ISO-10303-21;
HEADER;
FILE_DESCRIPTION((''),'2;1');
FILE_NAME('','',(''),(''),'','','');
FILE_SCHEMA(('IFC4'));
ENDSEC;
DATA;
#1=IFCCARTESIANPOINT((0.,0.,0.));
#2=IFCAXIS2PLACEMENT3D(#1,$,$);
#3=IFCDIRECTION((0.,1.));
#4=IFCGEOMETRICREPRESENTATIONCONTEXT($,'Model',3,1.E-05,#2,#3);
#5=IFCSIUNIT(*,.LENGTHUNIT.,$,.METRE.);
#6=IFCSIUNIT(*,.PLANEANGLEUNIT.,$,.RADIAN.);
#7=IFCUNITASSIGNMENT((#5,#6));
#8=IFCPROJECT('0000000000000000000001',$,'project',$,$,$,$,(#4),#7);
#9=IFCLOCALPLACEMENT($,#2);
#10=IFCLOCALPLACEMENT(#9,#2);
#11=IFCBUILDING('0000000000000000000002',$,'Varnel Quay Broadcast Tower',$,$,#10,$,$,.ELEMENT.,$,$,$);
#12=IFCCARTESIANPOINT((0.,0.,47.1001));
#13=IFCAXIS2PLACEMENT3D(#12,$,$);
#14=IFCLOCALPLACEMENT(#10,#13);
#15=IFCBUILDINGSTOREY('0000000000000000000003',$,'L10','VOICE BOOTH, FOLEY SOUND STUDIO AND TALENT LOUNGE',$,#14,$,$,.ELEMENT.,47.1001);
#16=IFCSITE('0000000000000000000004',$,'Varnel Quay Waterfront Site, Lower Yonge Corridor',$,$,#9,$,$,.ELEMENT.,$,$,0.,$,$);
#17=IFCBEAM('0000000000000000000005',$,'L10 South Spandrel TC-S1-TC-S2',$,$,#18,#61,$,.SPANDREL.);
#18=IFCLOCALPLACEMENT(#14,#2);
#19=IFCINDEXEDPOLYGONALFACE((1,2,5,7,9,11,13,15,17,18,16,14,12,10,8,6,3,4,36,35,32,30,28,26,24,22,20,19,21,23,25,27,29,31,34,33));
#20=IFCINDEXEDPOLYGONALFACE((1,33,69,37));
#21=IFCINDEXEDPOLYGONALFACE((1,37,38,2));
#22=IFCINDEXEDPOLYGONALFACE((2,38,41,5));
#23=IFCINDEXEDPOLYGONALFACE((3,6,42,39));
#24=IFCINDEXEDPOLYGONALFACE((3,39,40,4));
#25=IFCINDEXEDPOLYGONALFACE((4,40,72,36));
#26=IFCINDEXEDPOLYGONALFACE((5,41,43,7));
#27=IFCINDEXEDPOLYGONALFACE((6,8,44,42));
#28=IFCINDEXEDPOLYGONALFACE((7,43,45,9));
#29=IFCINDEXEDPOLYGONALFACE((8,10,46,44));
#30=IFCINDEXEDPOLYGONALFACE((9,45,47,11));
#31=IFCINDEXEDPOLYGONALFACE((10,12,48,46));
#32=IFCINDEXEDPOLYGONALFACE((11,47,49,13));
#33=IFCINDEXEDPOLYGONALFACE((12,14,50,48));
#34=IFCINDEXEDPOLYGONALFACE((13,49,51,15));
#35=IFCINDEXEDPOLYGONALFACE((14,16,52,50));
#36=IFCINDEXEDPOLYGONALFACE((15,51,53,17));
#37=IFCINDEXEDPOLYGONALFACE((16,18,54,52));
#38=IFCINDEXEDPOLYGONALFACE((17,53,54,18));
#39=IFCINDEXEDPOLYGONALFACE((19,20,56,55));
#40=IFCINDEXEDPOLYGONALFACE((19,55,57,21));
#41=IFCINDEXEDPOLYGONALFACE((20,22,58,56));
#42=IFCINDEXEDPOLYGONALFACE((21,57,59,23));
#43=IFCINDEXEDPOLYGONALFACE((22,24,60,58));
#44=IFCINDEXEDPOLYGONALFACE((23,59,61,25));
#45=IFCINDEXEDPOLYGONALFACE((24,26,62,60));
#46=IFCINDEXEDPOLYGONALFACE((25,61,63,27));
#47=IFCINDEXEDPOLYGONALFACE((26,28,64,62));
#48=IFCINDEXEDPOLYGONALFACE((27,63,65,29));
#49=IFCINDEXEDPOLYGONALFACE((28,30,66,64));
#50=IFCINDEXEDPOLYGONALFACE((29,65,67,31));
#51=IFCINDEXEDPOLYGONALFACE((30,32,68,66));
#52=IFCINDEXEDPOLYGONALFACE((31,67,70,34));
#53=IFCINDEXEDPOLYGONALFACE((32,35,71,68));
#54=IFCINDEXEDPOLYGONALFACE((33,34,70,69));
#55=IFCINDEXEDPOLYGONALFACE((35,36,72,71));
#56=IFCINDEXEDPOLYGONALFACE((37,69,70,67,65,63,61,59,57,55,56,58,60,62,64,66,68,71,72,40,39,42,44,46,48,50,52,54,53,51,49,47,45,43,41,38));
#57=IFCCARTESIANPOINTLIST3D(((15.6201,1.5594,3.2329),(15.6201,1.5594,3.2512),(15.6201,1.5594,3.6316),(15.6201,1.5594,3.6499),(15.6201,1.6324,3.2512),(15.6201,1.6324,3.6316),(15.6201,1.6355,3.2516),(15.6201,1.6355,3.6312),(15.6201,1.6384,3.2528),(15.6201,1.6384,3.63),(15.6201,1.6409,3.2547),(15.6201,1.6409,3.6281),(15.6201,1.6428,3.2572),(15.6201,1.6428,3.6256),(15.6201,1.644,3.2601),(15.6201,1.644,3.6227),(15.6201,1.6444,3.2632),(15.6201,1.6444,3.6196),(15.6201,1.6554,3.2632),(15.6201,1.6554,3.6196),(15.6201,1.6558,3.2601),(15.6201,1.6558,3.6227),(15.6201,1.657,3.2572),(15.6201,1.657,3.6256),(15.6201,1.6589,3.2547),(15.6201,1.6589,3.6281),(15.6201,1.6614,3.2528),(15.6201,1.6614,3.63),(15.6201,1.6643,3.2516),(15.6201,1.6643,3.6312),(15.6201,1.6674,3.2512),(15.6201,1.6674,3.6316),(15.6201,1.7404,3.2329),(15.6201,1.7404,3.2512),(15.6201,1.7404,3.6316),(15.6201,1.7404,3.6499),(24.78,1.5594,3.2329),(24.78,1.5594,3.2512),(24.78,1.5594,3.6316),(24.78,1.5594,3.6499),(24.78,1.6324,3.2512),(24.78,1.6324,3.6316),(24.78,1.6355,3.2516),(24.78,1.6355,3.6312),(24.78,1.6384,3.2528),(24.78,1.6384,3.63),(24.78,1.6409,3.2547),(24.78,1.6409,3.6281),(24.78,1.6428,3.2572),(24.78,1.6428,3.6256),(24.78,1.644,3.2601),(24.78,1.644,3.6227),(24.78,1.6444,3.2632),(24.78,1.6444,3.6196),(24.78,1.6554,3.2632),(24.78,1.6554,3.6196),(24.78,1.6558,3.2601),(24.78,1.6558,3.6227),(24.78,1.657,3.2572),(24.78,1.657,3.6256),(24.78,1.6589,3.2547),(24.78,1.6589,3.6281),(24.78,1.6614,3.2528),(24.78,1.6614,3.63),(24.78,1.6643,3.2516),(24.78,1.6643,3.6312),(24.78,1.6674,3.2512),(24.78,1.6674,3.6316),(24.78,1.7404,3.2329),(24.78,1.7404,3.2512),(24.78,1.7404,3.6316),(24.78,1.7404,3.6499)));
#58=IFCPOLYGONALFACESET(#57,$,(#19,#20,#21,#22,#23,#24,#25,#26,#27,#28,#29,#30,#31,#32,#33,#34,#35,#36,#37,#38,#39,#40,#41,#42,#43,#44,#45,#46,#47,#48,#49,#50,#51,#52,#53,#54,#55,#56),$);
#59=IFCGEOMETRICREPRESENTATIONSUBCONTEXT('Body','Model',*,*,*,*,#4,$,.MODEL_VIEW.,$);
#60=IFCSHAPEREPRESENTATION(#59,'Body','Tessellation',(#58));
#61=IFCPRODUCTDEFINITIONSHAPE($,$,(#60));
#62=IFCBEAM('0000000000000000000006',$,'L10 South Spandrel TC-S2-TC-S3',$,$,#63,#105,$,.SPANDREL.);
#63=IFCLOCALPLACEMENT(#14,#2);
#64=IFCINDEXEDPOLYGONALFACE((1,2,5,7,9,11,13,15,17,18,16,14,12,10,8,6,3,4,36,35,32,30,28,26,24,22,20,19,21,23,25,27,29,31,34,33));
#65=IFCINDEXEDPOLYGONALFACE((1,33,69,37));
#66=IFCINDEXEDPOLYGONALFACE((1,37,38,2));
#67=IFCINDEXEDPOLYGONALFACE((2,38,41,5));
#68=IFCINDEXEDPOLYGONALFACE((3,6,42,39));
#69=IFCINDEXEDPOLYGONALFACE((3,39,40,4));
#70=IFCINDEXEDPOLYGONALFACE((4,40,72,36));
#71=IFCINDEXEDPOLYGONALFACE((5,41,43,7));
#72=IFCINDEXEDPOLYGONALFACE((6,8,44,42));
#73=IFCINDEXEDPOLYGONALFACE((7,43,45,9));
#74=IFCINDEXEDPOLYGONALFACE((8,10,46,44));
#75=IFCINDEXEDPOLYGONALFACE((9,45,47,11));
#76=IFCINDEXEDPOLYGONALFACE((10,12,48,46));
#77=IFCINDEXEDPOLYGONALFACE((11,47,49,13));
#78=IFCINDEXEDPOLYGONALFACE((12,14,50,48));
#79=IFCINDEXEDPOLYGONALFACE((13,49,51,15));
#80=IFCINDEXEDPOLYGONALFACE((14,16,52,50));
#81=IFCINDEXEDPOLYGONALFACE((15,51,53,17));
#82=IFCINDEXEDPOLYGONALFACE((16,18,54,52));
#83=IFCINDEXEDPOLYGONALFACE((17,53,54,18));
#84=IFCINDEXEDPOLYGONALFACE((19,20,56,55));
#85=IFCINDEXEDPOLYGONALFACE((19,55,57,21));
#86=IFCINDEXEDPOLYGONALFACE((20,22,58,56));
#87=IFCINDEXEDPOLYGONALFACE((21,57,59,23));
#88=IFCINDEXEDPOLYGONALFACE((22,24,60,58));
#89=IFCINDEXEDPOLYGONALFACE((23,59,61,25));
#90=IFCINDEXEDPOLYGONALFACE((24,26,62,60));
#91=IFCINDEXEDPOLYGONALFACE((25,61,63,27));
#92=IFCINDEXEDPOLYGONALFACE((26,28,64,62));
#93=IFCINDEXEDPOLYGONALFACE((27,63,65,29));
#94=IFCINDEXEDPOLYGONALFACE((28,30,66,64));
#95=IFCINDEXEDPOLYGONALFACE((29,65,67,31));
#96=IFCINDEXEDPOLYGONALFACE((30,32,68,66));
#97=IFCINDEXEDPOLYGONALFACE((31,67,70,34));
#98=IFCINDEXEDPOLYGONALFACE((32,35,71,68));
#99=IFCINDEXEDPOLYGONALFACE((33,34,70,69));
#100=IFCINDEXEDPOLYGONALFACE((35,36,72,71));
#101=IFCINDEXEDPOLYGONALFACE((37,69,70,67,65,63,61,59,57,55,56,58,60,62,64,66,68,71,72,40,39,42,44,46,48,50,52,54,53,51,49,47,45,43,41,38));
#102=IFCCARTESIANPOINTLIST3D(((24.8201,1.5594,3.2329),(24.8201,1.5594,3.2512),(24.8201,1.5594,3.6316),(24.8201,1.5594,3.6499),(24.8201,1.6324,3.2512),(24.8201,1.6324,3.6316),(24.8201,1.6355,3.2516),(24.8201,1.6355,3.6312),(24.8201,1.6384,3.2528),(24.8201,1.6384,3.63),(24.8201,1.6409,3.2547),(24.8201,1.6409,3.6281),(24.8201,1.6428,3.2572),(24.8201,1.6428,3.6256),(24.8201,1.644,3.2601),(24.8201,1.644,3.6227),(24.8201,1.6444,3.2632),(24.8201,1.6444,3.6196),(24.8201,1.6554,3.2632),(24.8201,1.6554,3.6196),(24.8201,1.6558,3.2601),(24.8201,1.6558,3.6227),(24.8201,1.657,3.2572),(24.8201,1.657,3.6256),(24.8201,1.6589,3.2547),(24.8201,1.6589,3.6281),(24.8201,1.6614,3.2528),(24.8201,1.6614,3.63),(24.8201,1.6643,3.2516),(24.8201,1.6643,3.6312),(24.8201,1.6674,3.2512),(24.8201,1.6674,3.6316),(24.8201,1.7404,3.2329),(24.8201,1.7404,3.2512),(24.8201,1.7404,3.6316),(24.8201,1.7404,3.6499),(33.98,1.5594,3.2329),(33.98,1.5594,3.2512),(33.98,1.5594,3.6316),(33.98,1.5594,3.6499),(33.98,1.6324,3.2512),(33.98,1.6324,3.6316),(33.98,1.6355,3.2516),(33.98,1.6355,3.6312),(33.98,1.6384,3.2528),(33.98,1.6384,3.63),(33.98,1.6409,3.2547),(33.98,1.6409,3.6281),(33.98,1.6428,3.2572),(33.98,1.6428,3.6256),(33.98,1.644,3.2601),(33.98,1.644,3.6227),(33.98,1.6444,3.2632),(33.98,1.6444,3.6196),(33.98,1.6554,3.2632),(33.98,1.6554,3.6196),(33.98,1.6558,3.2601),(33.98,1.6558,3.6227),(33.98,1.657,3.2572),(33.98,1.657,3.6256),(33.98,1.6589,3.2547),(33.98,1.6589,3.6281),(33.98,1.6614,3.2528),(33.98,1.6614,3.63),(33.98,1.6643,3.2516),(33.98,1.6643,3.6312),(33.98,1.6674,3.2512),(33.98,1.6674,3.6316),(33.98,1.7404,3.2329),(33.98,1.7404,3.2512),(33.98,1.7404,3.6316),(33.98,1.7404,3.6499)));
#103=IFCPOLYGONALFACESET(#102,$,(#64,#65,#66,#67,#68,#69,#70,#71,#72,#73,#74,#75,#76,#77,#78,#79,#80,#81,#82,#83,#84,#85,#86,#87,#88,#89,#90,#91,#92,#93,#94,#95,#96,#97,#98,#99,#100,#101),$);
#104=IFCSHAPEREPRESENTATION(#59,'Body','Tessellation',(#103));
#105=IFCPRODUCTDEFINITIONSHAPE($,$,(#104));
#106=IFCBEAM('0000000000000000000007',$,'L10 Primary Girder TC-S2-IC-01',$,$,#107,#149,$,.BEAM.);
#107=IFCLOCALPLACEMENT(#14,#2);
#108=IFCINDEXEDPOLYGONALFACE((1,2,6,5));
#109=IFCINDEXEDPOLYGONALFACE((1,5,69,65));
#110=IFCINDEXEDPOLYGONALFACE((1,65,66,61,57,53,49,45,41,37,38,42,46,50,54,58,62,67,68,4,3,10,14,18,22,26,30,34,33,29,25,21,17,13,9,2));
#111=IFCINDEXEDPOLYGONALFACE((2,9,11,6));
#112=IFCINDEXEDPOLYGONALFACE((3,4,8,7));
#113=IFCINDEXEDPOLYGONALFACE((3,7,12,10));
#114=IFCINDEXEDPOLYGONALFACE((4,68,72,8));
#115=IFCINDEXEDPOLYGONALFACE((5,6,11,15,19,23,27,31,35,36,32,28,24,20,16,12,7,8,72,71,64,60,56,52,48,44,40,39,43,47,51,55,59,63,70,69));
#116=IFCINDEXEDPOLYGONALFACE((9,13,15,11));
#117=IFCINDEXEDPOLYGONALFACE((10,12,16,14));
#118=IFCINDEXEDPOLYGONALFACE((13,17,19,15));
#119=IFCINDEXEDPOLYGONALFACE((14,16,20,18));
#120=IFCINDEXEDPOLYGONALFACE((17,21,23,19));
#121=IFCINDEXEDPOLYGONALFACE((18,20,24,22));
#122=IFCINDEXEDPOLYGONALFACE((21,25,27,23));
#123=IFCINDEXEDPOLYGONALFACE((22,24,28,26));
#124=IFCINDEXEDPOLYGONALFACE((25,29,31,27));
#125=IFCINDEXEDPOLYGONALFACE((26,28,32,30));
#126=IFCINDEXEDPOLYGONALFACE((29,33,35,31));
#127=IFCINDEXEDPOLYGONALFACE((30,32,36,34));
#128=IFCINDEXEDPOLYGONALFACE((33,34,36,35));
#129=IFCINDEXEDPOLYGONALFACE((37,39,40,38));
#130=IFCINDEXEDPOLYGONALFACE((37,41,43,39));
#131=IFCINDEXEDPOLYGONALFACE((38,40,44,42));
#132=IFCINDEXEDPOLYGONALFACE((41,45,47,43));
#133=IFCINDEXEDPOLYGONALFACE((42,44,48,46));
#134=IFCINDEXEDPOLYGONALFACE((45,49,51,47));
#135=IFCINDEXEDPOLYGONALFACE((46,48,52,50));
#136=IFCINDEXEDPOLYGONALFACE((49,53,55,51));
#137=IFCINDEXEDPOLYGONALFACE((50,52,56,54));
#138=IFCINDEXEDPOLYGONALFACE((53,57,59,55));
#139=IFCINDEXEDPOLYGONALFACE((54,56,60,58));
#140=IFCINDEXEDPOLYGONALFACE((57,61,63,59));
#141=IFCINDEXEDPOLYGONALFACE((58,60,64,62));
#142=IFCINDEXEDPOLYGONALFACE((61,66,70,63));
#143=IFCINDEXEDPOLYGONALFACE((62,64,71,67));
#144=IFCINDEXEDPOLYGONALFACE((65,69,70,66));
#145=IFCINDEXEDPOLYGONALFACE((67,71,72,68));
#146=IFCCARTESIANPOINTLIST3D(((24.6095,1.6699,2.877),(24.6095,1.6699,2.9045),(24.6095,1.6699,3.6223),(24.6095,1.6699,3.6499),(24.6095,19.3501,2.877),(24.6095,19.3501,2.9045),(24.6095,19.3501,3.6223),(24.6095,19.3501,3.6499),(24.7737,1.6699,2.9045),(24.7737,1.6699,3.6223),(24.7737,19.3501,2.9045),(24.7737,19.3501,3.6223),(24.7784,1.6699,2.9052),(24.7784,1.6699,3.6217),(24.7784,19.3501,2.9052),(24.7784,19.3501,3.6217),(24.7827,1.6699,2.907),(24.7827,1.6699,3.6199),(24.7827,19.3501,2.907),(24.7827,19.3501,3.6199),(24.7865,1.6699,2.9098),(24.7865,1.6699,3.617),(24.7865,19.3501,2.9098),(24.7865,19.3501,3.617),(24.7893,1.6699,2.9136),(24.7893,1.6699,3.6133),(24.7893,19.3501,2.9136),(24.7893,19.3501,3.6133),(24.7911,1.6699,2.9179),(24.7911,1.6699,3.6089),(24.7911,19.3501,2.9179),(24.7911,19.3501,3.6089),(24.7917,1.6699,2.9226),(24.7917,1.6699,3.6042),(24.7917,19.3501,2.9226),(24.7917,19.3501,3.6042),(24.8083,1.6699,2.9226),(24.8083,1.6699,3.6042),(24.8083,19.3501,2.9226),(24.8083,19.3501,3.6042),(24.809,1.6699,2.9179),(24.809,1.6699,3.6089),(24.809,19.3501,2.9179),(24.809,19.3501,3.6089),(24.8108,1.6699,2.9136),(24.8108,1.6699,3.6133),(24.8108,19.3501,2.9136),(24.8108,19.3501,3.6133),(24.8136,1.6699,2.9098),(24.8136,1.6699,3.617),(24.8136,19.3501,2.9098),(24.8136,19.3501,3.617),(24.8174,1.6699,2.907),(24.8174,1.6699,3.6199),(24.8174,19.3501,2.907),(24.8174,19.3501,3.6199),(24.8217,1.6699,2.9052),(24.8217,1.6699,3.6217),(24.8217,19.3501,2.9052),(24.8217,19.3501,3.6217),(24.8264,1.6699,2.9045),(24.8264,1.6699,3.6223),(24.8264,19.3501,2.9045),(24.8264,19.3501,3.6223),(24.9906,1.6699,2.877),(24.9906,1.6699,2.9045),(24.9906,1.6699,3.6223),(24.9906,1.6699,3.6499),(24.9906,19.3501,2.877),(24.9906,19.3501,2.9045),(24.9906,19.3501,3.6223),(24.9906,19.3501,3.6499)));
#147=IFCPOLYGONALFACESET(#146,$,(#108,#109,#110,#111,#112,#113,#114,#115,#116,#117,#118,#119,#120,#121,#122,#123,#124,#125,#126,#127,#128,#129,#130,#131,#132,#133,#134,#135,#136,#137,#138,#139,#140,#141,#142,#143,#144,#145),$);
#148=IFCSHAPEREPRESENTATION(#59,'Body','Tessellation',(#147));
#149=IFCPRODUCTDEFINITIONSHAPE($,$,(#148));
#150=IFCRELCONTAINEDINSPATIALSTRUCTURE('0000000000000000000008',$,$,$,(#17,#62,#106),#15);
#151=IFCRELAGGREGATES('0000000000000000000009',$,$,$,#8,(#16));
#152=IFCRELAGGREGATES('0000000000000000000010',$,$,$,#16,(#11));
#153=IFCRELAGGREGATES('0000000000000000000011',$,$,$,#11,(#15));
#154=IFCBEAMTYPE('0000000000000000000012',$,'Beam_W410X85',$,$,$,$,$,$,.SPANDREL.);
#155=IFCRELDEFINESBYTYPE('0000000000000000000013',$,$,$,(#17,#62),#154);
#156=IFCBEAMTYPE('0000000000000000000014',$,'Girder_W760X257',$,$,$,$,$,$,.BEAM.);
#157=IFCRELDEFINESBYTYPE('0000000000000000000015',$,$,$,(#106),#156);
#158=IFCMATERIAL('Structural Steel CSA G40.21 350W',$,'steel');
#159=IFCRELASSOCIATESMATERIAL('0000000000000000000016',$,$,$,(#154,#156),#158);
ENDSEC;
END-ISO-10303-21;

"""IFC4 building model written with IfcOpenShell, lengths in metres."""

from ifc_helpers import new_model, si_unit, direction, frame, origin, origin_2d, place, context, subcontext, project, spatial, i_section, extrude, source, transform, mapped, material, material_profile, profile_set, type_object, type_shapes, element, save


model = new_model("IFC4")

# Units and contexts
model_context = context("Model", 3, precision=1e-05, world=origin(), true_north=direction((0.0, 1.0)))
body_context = subcontext(model_context, "Body", "Model", "MODEL_VIEW")
ifc_project = project(units=[si_unit("LENGTHUNIT", "METRE"), si_unit("PLANEANGLEUNIT", "RADIAN")], contexts=[model_context])

# Site, building, storey
site_placement = place(None, origin())
site = spatial("IfcSite", under=ifc_project, at=site_placement, Name="Varnel Quay Waterfront Site, Lower Yonge Corridor", CompositionType="ELEMENT", RefElevation=0.0)
building_placement = place(site_placement, origin())
building = spatial("IfcBuilding", under=site, at=building_placement, Name="Varnel Quay Broadcast Tower", CompositionType="ELEMENT")
storey_placement = place(building_placement, frame((0.0, 0.0, 47.1001)))
storey = spatial("IfcBuildingStorey", under=building, at=storey_placement, Name="L10", Description="VOICE BOOTH, FOLEY SOUND STUDIO AND TALENT LOUNGE", CompositionType="ELEMENT", Elevation=47.1001)

# Shared definitions
ifc_material_1 = material(Name="Structural Steel CSA G40.21 350W", Category="steel")

# Beams
ifc_material_profile_1 = material_profile(ifc_material_1, i_section(OverallWidth=0.1809, OverallDepth=0.417, WebThickness=0.011, FlangeThickness=0.0183, FilletRadius=0.012, at=origin_2d()), Name="W410X85")
ifc_profile_set_1 = profile_set([ifc_material_profile_1], Name="Structural Steel CSA G40.21 350W")
beam_type_1 = type_object("IfcBeamType", Name="Beam_W410X85", PredefinedType="SPANDREL", material=ifc_profile_set_1)
shared_shape_1 = source(origin(), body_context, "Body", "SweptSolid", [
    extrude(i_section(OverallWidth=0.1809, OverallDepth=0.417, WebThickness=0.011, FlangeThickness=0.0183, FilletRadius=0.012, at=origin_2d()), origin(), (0.0, 0.0, 1.0), 9.1599),
])
for number, where, z_axis, x_axis, name in (
    (1, (15.6201, 1.6499, 3.4414), (1.0, 0.0, 0.0), (0.0, 1.0, 0.0), "L10 South Spandrel TC-S1-TC-S2"),
    (2, (24.8201, 1.6499, 3.4414), (1.0, 0.0, 0.0), (0.0, 1.0, 0.0), "L10 South Spandrel TC-S2-TC-S3"),
):
    element("IfcBeam", number, at=place(storey_placement, frame(where, z_axis=z_axis, x_axis=x_axis)), inside=storey, type_object=beam_type_1, Name=name, PredefinedType="SPANDREL", context=body_context, shape_type="MappedRepresentation", body=[
        mapped(shared_shape_1, transform((0.0, 0.0, 0.0), x_axis=(1.0, 0.0, 0.0), y_axis=(0.0, 1.0, 0.0), z_axis=(0.0, 0.0, 1.0), scale=1.0)),
    ])
ifc_material_profile_2 = material_profile(ifc_material_1, i_section(OverallWidth=0.3811, OverallDepth=0.7729, WebThickness=0.0166, FlangeThickness=0.0276, FilletRadius=0.0181, at=origin_2d()), Name="W760X257")
ifc_profile_set_2 = profile_set([ifc_material_profile_2], Name="Structural Steel CSA G40.21 350W")
beam_type_2 = type_object("IfcBeamType", Name="Girder_W760X257", PredefinedType="BEAM", material=ifc_profile_set_2)
shared_shape_2 = source(origin(), body_context, "Body", "SweptSolid", [
    extrude(i_section(OverallWidth=0.3811, OverallDepth=0.7729, WebThickness=0.0166, FlangeThickness=0.0276, FilletRadius=0.0181, at=origin_2d()), origin(), (0.0, 0.0, 1.0), 17.6802),
])
type_shapes(beam_type_2, [shared_shape_2])
beam_1_placement = place(storey_placement, frame((24.8, 1.6699, 3.2634), z_axis=(0.0, 1.0, 0.0), x_axis=(-1.0, 0.0, 0.0)))
element("IfcBeam", 3, at=beam_1_placement, inside=storey, type_object=beam_type_2, Name="L10 Primary Girder TC-S2-IC-01", PredefinedType="BEAM", context=body_context, shape_type="MappedRepresentation", body=[
    mapped(shared_shape_2, transform((0.0, 0.0, 0.0), x_axis=(1.0, 0.0, 0.0), y_axis=(0.0, 1.0, 0.0), z_axis=(0.0, 0.0, 1.0), scale=1.0)),
])

save(model, "model.ifc")
